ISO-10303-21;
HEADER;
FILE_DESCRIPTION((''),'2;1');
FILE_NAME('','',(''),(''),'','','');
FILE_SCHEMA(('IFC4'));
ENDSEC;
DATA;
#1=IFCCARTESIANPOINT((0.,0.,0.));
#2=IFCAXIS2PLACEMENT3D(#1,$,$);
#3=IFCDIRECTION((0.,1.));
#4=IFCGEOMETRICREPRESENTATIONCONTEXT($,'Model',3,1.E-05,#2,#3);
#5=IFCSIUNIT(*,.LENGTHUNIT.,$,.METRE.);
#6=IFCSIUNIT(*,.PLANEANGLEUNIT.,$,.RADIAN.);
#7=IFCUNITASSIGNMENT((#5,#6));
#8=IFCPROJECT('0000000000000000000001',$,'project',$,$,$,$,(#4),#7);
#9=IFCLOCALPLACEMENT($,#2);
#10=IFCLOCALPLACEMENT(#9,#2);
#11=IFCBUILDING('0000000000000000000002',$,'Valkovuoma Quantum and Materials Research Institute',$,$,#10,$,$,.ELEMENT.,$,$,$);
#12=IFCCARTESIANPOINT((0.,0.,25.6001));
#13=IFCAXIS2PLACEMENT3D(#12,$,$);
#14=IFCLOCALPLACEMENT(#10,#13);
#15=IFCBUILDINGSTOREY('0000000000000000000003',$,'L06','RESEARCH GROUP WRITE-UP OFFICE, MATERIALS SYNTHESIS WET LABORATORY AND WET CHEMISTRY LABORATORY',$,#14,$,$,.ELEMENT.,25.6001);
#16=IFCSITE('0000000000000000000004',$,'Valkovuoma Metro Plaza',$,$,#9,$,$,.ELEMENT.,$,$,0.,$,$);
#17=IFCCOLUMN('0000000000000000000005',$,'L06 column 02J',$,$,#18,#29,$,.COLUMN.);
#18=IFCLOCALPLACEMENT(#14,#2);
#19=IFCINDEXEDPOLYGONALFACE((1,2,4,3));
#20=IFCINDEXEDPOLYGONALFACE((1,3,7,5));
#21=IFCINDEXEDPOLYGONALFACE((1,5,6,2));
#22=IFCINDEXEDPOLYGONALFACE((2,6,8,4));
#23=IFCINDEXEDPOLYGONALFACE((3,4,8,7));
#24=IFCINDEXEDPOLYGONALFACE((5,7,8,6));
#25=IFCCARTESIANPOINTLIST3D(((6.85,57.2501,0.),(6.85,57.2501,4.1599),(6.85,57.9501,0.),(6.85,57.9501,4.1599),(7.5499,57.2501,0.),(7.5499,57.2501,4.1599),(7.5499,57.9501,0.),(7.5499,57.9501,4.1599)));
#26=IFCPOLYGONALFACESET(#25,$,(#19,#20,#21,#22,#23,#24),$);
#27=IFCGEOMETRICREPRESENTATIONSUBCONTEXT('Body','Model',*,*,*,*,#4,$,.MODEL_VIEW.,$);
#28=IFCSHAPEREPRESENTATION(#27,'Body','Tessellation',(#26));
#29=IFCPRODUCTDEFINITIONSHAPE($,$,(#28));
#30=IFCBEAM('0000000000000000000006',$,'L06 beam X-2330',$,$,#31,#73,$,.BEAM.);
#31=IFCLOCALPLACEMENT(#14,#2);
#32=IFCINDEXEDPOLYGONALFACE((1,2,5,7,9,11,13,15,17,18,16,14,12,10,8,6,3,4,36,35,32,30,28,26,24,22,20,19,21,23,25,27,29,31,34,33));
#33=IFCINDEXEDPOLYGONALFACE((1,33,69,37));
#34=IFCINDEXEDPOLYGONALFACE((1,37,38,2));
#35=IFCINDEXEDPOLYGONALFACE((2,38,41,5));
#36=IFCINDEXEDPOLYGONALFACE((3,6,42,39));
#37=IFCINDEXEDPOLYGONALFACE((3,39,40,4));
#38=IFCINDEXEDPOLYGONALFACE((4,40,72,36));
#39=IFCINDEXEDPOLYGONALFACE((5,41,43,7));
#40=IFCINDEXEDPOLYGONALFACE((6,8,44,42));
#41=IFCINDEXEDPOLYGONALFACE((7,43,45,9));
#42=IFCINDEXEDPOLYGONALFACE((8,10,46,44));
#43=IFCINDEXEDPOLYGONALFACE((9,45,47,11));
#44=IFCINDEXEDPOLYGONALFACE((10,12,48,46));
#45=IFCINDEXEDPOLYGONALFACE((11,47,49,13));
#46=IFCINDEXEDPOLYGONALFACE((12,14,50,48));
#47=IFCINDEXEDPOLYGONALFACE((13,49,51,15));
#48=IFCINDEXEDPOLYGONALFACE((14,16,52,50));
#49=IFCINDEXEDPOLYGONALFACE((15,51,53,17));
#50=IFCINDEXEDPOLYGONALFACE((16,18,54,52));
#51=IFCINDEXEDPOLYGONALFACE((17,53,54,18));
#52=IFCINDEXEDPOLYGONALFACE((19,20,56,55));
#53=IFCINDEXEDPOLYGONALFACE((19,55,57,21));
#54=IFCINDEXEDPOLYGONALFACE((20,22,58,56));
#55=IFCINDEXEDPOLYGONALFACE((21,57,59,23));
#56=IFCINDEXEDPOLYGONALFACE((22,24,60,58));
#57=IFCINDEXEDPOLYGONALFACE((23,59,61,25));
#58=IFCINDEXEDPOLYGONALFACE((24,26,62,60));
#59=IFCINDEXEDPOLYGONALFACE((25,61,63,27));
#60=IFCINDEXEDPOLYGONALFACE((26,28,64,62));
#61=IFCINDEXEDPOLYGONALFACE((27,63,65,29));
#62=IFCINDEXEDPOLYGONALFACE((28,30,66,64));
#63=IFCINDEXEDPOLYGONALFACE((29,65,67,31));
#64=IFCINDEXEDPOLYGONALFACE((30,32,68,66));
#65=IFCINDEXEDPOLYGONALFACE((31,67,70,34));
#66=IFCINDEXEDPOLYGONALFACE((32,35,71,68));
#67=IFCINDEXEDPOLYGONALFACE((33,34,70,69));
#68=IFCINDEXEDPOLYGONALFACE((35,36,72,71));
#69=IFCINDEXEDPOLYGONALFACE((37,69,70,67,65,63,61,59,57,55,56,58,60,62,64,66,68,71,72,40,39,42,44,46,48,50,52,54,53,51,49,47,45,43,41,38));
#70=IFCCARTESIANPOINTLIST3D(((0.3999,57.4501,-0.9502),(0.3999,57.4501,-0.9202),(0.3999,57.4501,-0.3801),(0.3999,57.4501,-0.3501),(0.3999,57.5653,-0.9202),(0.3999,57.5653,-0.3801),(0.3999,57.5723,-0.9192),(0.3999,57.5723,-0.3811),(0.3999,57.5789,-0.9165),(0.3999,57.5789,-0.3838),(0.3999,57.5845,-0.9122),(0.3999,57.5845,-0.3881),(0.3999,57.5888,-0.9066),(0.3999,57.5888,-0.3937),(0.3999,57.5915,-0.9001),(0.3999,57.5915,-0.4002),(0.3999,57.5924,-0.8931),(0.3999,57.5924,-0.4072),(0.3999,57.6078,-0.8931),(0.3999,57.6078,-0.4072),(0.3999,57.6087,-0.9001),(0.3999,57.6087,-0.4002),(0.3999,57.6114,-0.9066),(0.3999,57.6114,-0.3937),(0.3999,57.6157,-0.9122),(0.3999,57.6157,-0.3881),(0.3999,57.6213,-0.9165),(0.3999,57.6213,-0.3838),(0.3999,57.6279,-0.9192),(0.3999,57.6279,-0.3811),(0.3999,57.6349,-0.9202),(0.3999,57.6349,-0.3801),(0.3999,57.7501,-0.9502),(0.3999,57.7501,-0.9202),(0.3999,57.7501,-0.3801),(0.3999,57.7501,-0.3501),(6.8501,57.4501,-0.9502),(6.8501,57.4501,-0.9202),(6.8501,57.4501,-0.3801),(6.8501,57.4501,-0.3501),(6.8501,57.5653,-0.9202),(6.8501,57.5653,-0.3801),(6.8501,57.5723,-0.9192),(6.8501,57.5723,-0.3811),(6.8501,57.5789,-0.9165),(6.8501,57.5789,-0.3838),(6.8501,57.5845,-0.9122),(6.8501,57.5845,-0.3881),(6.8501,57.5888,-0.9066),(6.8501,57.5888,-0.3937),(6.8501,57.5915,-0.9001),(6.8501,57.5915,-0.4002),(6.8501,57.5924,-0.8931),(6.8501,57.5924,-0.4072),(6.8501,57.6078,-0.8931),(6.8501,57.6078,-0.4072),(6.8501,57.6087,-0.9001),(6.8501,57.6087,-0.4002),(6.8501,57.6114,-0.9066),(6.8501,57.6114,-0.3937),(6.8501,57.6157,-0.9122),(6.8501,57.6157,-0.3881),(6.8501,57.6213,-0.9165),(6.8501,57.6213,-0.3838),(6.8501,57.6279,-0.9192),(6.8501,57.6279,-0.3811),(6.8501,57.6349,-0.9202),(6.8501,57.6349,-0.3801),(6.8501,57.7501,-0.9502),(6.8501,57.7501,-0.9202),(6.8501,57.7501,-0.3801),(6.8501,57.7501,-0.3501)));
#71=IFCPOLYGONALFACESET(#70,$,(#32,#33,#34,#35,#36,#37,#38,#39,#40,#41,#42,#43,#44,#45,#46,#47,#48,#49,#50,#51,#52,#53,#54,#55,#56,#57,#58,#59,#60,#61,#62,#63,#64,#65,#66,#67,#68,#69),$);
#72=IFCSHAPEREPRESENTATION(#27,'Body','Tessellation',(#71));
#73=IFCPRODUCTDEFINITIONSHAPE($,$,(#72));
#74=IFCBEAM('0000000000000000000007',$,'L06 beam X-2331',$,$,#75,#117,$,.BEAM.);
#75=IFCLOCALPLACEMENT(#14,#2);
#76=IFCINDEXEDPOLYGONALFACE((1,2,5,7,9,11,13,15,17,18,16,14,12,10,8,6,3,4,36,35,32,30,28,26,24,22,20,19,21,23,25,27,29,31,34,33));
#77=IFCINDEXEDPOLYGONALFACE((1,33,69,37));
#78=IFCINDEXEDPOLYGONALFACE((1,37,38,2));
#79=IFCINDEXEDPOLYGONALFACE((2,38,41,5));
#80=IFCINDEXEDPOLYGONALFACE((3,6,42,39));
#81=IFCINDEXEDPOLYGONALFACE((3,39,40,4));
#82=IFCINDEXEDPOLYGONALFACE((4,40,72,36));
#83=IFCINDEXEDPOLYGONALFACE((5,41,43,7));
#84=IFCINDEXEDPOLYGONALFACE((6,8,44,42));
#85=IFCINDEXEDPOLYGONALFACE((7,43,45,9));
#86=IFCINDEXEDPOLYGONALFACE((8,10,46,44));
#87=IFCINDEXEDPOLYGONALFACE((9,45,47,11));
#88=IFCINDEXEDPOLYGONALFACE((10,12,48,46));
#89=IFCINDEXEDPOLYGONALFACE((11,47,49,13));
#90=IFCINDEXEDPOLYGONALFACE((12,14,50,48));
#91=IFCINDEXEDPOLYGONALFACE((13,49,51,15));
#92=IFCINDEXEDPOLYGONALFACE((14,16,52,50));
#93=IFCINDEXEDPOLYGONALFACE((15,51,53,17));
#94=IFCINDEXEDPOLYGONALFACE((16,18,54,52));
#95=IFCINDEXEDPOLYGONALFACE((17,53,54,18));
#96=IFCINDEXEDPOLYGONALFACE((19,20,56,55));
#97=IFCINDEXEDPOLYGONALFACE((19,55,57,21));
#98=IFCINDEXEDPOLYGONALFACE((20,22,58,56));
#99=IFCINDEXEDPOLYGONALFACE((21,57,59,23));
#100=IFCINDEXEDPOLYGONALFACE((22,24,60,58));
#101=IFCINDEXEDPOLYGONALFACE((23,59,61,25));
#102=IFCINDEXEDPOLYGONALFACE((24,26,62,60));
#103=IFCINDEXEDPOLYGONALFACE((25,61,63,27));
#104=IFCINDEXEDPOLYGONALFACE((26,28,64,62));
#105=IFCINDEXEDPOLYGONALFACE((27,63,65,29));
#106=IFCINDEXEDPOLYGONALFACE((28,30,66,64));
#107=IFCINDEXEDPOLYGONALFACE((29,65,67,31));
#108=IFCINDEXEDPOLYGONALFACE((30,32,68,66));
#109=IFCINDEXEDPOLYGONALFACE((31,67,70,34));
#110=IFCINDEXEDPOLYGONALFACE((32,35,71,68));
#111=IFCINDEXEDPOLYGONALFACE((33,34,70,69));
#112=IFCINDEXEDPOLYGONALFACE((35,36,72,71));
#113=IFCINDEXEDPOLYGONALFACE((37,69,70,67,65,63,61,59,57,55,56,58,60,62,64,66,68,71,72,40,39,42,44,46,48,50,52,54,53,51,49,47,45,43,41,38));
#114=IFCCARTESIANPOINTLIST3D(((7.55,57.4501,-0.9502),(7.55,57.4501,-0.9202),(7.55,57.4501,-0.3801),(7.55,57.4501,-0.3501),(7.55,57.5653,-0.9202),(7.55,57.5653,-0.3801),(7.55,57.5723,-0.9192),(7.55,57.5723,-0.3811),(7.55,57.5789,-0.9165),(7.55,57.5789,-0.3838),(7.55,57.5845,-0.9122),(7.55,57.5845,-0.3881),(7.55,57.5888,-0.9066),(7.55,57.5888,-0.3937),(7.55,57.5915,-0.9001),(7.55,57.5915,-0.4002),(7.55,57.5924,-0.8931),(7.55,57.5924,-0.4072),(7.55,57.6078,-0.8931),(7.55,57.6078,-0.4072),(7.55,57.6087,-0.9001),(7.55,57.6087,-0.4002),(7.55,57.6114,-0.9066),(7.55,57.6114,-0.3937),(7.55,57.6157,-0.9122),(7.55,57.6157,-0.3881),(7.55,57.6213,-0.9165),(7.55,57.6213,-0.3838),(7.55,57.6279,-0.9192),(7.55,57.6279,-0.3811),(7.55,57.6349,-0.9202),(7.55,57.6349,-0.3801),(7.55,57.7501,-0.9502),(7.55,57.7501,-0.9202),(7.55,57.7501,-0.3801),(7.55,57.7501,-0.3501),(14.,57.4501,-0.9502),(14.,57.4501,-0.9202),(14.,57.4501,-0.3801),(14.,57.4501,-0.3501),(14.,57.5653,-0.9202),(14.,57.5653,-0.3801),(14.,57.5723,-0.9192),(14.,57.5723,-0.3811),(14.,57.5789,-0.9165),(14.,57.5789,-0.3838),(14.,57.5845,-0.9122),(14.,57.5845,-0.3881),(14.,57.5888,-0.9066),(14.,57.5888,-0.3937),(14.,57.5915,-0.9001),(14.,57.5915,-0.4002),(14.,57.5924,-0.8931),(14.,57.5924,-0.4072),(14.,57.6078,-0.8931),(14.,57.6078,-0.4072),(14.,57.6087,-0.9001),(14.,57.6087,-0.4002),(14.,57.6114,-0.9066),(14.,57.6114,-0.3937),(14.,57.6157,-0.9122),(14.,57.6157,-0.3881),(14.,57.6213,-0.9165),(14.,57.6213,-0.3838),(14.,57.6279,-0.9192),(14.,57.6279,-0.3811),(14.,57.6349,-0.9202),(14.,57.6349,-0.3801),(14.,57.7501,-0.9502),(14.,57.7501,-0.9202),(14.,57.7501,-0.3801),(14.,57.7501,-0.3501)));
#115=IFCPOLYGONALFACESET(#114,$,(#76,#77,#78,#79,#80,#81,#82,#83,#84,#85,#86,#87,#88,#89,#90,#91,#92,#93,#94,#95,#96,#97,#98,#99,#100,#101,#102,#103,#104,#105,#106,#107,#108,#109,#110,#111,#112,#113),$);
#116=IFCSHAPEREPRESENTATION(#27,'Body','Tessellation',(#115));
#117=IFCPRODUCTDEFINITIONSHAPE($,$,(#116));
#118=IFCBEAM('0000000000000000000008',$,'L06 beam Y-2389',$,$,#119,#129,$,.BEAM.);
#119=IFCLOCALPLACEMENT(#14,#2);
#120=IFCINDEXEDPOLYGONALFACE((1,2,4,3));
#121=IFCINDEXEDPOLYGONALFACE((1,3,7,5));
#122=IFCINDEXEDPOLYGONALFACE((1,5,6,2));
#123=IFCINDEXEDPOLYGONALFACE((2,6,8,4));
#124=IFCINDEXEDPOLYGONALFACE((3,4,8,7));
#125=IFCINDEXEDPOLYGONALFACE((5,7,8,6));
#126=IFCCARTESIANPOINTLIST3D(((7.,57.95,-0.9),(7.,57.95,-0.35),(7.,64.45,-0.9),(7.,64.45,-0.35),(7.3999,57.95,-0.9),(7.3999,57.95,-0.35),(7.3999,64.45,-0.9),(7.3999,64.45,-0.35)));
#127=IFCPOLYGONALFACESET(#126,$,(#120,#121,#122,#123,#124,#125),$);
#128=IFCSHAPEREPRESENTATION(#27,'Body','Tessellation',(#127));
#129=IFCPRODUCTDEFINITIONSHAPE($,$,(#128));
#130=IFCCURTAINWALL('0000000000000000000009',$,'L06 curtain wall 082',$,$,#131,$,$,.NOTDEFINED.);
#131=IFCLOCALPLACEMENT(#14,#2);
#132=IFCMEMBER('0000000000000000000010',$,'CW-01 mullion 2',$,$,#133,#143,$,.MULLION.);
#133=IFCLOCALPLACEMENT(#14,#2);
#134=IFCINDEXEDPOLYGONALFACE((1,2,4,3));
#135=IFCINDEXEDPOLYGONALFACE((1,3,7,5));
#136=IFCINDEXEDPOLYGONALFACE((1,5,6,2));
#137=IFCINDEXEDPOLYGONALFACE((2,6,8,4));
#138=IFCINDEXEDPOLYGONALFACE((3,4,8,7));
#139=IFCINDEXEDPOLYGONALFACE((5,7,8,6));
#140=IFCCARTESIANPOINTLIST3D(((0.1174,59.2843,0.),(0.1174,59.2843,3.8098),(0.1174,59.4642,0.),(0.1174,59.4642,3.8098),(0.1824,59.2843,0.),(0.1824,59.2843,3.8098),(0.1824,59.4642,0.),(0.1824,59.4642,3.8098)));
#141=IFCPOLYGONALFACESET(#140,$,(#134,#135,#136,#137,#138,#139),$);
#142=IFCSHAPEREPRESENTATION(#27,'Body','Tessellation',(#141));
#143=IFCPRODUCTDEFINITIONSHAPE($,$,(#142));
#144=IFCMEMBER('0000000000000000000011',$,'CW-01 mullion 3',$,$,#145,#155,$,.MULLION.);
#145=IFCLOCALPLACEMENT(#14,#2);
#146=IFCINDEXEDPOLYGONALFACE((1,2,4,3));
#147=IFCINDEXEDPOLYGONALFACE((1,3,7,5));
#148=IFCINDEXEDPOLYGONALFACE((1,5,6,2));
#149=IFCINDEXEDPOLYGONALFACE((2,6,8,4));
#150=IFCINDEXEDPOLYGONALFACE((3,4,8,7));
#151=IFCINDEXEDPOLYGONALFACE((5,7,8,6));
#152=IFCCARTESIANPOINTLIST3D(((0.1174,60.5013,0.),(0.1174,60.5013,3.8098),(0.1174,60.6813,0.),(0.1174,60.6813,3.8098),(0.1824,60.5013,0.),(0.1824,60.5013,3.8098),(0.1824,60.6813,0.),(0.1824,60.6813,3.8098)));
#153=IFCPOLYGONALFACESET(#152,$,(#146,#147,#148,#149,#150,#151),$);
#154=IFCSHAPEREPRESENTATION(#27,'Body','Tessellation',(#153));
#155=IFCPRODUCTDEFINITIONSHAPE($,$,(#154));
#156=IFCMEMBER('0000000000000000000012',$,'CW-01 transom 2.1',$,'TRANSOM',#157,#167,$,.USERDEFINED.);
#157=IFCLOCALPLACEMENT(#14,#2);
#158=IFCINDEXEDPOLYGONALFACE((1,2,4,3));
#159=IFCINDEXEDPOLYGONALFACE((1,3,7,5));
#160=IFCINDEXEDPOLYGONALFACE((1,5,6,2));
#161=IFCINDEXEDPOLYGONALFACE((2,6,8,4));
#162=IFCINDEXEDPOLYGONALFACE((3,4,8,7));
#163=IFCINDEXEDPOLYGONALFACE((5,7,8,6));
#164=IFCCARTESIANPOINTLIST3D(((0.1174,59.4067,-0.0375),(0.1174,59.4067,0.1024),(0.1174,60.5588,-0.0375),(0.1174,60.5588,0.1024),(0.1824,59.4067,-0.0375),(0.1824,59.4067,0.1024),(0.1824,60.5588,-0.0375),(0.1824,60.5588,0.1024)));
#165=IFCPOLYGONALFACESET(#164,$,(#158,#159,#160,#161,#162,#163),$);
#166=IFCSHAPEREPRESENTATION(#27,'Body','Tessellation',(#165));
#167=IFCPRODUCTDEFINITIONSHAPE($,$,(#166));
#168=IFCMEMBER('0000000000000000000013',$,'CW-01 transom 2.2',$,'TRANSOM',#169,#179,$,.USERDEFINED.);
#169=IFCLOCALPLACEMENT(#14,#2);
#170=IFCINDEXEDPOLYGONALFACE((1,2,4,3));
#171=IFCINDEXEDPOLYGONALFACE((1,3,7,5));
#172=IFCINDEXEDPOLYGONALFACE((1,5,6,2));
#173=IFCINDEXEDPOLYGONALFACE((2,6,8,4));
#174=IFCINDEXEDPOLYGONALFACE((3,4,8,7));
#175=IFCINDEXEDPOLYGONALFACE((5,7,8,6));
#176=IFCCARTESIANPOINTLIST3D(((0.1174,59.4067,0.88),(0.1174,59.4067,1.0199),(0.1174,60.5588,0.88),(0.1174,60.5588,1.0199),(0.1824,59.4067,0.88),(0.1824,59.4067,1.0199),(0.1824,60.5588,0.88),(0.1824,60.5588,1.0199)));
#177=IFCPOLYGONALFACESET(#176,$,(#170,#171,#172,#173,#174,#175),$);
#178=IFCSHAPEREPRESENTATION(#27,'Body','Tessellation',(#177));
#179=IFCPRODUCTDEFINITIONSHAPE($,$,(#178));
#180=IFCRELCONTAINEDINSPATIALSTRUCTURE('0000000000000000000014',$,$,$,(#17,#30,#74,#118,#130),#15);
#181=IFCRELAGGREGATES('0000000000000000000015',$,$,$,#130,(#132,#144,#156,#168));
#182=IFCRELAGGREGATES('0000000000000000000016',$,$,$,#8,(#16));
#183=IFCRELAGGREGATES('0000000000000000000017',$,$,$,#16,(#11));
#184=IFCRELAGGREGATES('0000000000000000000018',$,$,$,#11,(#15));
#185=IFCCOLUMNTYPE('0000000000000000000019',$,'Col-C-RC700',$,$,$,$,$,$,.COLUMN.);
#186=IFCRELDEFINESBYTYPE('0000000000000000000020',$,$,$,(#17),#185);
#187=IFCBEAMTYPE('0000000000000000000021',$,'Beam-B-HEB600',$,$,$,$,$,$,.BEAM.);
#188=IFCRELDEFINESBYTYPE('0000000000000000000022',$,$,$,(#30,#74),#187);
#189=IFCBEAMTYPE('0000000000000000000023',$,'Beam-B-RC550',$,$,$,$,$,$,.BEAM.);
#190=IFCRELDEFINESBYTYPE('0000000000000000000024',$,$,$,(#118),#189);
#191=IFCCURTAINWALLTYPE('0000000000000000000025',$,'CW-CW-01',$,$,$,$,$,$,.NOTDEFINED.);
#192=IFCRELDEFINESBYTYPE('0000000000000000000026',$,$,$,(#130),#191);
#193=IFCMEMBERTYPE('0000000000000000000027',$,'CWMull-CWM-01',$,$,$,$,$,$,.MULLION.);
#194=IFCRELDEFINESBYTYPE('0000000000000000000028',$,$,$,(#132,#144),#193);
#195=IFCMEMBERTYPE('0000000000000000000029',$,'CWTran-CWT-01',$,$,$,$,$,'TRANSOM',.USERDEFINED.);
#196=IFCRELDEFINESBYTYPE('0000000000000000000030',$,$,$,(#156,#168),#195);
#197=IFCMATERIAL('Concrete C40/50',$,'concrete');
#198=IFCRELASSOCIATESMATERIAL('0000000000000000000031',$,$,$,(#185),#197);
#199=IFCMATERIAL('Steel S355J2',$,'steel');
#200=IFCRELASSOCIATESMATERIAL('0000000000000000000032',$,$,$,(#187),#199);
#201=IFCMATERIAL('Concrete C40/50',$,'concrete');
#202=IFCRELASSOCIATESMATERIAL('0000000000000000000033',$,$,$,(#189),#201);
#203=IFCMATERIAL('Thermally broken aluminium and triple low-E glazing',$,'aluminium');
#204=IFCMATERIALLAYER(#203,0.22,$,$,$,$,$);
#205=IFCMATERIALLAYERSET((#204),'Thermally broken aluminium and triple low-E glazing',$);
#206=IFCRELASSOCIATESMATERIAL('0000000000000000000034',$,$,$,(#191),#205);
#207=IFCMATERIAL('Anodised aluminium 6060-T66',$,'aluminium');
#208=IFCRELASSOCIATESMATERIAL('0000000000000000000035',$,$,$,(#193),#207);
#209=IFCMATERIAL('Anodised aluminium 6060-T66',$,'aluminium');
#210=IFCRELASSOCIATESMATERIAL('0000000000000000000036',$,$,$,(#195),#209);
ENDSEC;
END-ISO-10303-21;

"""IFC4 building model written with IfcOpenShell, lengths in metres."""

from ifc_helpers import new_model, si_unit, direction, frame, origin, origin_2d, place, context, subcontext, project, spatial, rectangle, i_section, extrude, material, layer, layer_set, material_profile, profile_set, type_object, element, aggregate, save


model = new_model("IFC4")

# Units and contexts
model_context = context("Model", 3, precision=1e-05, world=origin(), true_north=direction((0.0, 1.0)))
body_context = subcontext(model_context, "Body", "Model", "MODEL_VIEW")
ifc_project = project(units=[si_unit("LENGTHUNIT", "METRE"), si_unit("PLANEANGLEUNIT", "RADIAN")], contexts=[model_context])

# Site, building, storey
site_placement = place(None, origin())
site = spatial("IfcSite", under=ifc_project, at=site_placement, Name="Valkovuoma Metro Plaza", CompositionType="ELEMENT", RefElevation=0.0)
building_placement = place(site_placement, origin())
building = spatial("IfcBuilding", under=site, at=building_placement, Name="Valkovuoma Quantum and Materials Research Institute", CompositionType="ELEMENT")
storey_placement = place(building_placement, frame((0.0, 0.0, 25.6001)))
storey = spatial("IfcBuildingStorey", under=building, at=storey_placement, Name="L06", Description="RESEARCH GROUP WRITE-UP OFFICE, MATERIALS SYNTHESIS WET LABORATORY AND WET CHEMISTRY LABORATORY", CompositionType="ELEMENT", Elevation=25.6001)

# Column
ifc_material_1 = material(Name="Concrete C40/50", Category="concrete")
ifc_material_profile_1 = material_profile(ifc_material_1, rectangle(XDim=0.7, YDim=0.7, at=origin_2d()), Name="Concrete C40/50")
ifc_profile_set_1 = profile_set([ifc_material_profile_1], Name="Concrete C40/50")
column_type = type_object("IfcColumnType", Name="Col-C-RC700", PredefinedType="COLUMN", material=ifc_profile_set_1)
column_placement = place(storey_placement, frame((7.2, 57.6001, 0.0), z_axis=(0.0, 0.0, 1.0), x_axis=(1.0, 0.0, 0.0)))
element("IfcColumn", 1, at=column_placement, inside=storey, type_object=column_type, Name="L06 column 02J", PredefinedType="COLUMN", context=body_context, shape_type="SweptSolid", body=[
    extrude(rectangle(XDim=0.7, YDim=0.7, at=origin_2d()), origin(), (0.0, 0.0, 1.0), 4.1599),
])

# Beams
ifc_material_2 = material(Name="Steel S355J2", Category="steel")
ifc_material_profile_2 = material_profile(ifc_material_2, i_section(OverallWidth=0.3, OverallDepth=0.6001, WebThickness=0.0154, FlangeThickness=0.03, FilletRadius=0.0271, at=origin_2d()), Name="Steel S355J2")
ifc_profile_set_2 = profile_set([ifc_material_profile_2], Name="Steel S355J2")
beam_type_1 = type_object("IfcBeamType", Name="Beam-B-HEB600", PredefinedType="BEAM", material=ifc_profile_set_2)
beam_1_placement = place(storey_placement, frame((0.3999, 57.6001, -0.6501), z_axis=(1.0, 0.0, 0.0), x_axis=(0.0, 1.0, 0.0)))
element("IfcBeam", 2, at=beam_1_placement, inside=storey, type_object=beam_type_1, Name="L06 beam X-2330", PredefinedType="BEAM", context=body_context, shape_type="SweptSolid", body=[
    extrude(i_section(OverallWidth=0.3, OverallDepth=0.6001, WebThickness=0.0154, FlangeThickness=0.03, FilletRadius=0.0271, at=origin_2d()), origin(), (0.0, 0.0, 1.0), 6.4502),
])
beam_2_placement = place(storey_placement, frame((7.55, 57.6001, -0.6501), z_axis=(1.0, 0.0, 0.0), x_axis=(0.0, 1.0, 0.0)))
element("IfcBeam", 3, at=beam_2_placement, inside=storey, type_object=beam_type_1, Name="L06 beam X-2331", PredefinedType="BEAM", context=body_context, shape_type="SweptSolid", body=[
    extrude(i_section(OverallWidth=0.3, OverallDepth=0.6001, WebThickness=0.0154, FlangeThickness=0.03, FilletRadius=0.0271, at=origin_2d()), origin(), (0.0, 0.0, 1.0), 6.45),
])
ifc_material_3 = material(Name="Concrete C40/50", Category="concrete")
ifc_material_profile_3 = material_profile(ifc_material_3, rectangle(XDim=0.3999, YDim=0.55, at=origin_2d()), Name="Concrete C40/50")
ifc_profile_set_3 = profile_set([ifc_material_profile_3], Name="Concrete C40/50")
beam_type_2 = type_object("IfcBeamType", Name="Beam-B-RC550", PredefinedType="BEAM", material=ifc_profile_set_3)
beam_3_placement = place(storey_placement, frame((7.2, 57.95, -0.625), z_axis=(0.0, 1.0, 0.0), x_axis=(-1.0, 0.0, 0.0)))
element("IfcBeam", 4, at=beam_3_placement, inside=storey, type_object=beam_type_2, Name="L06 beam Y-2389", PredefinedType="BEAM", context=body_context, shape_type="SweptSolid", body=[
    extrude(rectangle(XDim=0.3999, YDim=0.55, at=origin_2d()), origin(), (0.0, 0.0, 1.0), 6.5),
])

# Curtain wall, members
ifc_material_4 = material(Name="Thermally broken aluminium and triple low-E glazing", Category="aluminium")
ifc_layer_1 = layer(ifc_material_4, 0.22)
ifc_layer_set_1 = layer_set([ifc_layer_1], Name="Thermally broken aluminium and triple low-E glazing")
curtain_wall_type = type_object("IfcCurtainWallType", Name="CW-CW-01", PredefinedType="NOTDEFINED", material=ifc_layer_set_1)
curtain_wall_placement = place(storey_placement, origin())
curtain_wall = element("IfcCurtainWall", 5, at=curtain_wall_placement, inside=storey, type_object=curtain_wall_type, Name="L06 curtain wall 082", PredefinedType="NOTDEFINED")
ifc_material_5 = material(Name="Anodised aluminium 6060-T66", Category="aluminium")
ifc_material_profile_4 = material_profile(ifc_material_5, rectangle(XDim=0.0649, YDim=0.1799, at=origin_2d()), Name="Anodised aluminium 6060-T66")
ifc_profile_set_4 = profile_set([ifc_material_profile_4], Name="Anodised aluminium 6060-T66")
member_type_1 = type_object("IfcMemberType", Name="CWMull-CWM-01", PredefinedType="MULLION", material=ifc_profile_set_4)
member_1_placement = place(storey_placement, frame((0.1499, 59.3743, 0.0), z_axis=(0.0, 0.0, 1.0), x_axis=(-1.0, 0.0, 0.0)))
member_1 = element("IfcMember", 6, at=member_1_placement, type_object=member_type_1, Name="CW-01 mullion 2", PredefinedType="MULLION", context=body_context, shape_type="SweptSolid", body=[
    extrude(rectangle(XDim=0.0649, YDim=0.1799, at=origin_2d()), origin(), (0.0, 0.0, 1.0), 3.8098),
])
member_2_placement = place(storey_placement, frame((0.1499, 60.5913, 0.0), z_axis=(0.0, 0.0, 1.0), x_axis=(-1.0, 0.0, 0.0)))
member_2 = element("IfcMember", 7, at=member_2_placement, type_object=member_type_1, Name="CW-01 mullion 3", PredefinedType="MULLION", context=body_context, shape_type="SweptSolid", body=[
    extrude(rectangle(XDim=0.0649, YDim=0.1799, at=origin_2d()), origin(), (0.0, 0.0, 1.0), 3.8098),
])
ifc_material_6 = material(Name="Anodised aluminium 6060-T66", Category="aluminium")
ifc_material_profile_5 = material_profile(ifc_material_6, rectangle(XDim=0.0649, YDim=0.1399, at=origin_2d()), Name="Anodised aluminium 6060-T66")
ifc_profile_set_5 = profile_set([ifc_material_profile_5], Name="Anodised aluminium 6060-T66")
member_type_2 = type_object("IfcMemberType", Name="CWTran-CWT-01", ElementType="TRANSOM", PredefinedType="USERDEFINED", material=ifc_profile_set_5)
member_3_placement = place(storey_placement, frame((0.1499, 59.4067, 0.0325), z_axis=(0.0, 1.0, 0.0), x_axis=(-1.0, 0.0, 0.0)))
member_3 = element("IfcMember", 8, at=member_3_placement, type_object=member_type_2, Name="CW-01 transom 2.1", ObjectType="TRANSOM", PredefinedType="USERDEFINED", context=body_context, shape_type="SweptSolid", body=[
    extrude(rectangle(XDim=0.0649, YDim=0.1399, at=origin_2d()), origin(), (0.0, 0.0, 1.0), 1.1521),
])
member_4_placement = place(storey_placement, frame((0.1499, 59.4067, 0.95), z_axis=(0.0, 1.0, 0.0), x_axis=(-1.0, 0.0, 0.0)))
member_4 = element("IfcMember", 9, at=member_4_placement, type_object=member_type_2, Name="CW-01 transom 2.2", ObjectType="TRANSOM", PredefinedType="USERDEFINED", context=body_context, shape_type="SweptSolid", body=[
    extrude(rectangle(XDim=0.0649, YDim=0.1399, at=origin_2d()), origin(), (0.0, 0.0, 1.0), 1.1521),
])
aggregate(curtain_wall, [member_1, member_2, member_3, member_4])

save(model, "model.ifc")
